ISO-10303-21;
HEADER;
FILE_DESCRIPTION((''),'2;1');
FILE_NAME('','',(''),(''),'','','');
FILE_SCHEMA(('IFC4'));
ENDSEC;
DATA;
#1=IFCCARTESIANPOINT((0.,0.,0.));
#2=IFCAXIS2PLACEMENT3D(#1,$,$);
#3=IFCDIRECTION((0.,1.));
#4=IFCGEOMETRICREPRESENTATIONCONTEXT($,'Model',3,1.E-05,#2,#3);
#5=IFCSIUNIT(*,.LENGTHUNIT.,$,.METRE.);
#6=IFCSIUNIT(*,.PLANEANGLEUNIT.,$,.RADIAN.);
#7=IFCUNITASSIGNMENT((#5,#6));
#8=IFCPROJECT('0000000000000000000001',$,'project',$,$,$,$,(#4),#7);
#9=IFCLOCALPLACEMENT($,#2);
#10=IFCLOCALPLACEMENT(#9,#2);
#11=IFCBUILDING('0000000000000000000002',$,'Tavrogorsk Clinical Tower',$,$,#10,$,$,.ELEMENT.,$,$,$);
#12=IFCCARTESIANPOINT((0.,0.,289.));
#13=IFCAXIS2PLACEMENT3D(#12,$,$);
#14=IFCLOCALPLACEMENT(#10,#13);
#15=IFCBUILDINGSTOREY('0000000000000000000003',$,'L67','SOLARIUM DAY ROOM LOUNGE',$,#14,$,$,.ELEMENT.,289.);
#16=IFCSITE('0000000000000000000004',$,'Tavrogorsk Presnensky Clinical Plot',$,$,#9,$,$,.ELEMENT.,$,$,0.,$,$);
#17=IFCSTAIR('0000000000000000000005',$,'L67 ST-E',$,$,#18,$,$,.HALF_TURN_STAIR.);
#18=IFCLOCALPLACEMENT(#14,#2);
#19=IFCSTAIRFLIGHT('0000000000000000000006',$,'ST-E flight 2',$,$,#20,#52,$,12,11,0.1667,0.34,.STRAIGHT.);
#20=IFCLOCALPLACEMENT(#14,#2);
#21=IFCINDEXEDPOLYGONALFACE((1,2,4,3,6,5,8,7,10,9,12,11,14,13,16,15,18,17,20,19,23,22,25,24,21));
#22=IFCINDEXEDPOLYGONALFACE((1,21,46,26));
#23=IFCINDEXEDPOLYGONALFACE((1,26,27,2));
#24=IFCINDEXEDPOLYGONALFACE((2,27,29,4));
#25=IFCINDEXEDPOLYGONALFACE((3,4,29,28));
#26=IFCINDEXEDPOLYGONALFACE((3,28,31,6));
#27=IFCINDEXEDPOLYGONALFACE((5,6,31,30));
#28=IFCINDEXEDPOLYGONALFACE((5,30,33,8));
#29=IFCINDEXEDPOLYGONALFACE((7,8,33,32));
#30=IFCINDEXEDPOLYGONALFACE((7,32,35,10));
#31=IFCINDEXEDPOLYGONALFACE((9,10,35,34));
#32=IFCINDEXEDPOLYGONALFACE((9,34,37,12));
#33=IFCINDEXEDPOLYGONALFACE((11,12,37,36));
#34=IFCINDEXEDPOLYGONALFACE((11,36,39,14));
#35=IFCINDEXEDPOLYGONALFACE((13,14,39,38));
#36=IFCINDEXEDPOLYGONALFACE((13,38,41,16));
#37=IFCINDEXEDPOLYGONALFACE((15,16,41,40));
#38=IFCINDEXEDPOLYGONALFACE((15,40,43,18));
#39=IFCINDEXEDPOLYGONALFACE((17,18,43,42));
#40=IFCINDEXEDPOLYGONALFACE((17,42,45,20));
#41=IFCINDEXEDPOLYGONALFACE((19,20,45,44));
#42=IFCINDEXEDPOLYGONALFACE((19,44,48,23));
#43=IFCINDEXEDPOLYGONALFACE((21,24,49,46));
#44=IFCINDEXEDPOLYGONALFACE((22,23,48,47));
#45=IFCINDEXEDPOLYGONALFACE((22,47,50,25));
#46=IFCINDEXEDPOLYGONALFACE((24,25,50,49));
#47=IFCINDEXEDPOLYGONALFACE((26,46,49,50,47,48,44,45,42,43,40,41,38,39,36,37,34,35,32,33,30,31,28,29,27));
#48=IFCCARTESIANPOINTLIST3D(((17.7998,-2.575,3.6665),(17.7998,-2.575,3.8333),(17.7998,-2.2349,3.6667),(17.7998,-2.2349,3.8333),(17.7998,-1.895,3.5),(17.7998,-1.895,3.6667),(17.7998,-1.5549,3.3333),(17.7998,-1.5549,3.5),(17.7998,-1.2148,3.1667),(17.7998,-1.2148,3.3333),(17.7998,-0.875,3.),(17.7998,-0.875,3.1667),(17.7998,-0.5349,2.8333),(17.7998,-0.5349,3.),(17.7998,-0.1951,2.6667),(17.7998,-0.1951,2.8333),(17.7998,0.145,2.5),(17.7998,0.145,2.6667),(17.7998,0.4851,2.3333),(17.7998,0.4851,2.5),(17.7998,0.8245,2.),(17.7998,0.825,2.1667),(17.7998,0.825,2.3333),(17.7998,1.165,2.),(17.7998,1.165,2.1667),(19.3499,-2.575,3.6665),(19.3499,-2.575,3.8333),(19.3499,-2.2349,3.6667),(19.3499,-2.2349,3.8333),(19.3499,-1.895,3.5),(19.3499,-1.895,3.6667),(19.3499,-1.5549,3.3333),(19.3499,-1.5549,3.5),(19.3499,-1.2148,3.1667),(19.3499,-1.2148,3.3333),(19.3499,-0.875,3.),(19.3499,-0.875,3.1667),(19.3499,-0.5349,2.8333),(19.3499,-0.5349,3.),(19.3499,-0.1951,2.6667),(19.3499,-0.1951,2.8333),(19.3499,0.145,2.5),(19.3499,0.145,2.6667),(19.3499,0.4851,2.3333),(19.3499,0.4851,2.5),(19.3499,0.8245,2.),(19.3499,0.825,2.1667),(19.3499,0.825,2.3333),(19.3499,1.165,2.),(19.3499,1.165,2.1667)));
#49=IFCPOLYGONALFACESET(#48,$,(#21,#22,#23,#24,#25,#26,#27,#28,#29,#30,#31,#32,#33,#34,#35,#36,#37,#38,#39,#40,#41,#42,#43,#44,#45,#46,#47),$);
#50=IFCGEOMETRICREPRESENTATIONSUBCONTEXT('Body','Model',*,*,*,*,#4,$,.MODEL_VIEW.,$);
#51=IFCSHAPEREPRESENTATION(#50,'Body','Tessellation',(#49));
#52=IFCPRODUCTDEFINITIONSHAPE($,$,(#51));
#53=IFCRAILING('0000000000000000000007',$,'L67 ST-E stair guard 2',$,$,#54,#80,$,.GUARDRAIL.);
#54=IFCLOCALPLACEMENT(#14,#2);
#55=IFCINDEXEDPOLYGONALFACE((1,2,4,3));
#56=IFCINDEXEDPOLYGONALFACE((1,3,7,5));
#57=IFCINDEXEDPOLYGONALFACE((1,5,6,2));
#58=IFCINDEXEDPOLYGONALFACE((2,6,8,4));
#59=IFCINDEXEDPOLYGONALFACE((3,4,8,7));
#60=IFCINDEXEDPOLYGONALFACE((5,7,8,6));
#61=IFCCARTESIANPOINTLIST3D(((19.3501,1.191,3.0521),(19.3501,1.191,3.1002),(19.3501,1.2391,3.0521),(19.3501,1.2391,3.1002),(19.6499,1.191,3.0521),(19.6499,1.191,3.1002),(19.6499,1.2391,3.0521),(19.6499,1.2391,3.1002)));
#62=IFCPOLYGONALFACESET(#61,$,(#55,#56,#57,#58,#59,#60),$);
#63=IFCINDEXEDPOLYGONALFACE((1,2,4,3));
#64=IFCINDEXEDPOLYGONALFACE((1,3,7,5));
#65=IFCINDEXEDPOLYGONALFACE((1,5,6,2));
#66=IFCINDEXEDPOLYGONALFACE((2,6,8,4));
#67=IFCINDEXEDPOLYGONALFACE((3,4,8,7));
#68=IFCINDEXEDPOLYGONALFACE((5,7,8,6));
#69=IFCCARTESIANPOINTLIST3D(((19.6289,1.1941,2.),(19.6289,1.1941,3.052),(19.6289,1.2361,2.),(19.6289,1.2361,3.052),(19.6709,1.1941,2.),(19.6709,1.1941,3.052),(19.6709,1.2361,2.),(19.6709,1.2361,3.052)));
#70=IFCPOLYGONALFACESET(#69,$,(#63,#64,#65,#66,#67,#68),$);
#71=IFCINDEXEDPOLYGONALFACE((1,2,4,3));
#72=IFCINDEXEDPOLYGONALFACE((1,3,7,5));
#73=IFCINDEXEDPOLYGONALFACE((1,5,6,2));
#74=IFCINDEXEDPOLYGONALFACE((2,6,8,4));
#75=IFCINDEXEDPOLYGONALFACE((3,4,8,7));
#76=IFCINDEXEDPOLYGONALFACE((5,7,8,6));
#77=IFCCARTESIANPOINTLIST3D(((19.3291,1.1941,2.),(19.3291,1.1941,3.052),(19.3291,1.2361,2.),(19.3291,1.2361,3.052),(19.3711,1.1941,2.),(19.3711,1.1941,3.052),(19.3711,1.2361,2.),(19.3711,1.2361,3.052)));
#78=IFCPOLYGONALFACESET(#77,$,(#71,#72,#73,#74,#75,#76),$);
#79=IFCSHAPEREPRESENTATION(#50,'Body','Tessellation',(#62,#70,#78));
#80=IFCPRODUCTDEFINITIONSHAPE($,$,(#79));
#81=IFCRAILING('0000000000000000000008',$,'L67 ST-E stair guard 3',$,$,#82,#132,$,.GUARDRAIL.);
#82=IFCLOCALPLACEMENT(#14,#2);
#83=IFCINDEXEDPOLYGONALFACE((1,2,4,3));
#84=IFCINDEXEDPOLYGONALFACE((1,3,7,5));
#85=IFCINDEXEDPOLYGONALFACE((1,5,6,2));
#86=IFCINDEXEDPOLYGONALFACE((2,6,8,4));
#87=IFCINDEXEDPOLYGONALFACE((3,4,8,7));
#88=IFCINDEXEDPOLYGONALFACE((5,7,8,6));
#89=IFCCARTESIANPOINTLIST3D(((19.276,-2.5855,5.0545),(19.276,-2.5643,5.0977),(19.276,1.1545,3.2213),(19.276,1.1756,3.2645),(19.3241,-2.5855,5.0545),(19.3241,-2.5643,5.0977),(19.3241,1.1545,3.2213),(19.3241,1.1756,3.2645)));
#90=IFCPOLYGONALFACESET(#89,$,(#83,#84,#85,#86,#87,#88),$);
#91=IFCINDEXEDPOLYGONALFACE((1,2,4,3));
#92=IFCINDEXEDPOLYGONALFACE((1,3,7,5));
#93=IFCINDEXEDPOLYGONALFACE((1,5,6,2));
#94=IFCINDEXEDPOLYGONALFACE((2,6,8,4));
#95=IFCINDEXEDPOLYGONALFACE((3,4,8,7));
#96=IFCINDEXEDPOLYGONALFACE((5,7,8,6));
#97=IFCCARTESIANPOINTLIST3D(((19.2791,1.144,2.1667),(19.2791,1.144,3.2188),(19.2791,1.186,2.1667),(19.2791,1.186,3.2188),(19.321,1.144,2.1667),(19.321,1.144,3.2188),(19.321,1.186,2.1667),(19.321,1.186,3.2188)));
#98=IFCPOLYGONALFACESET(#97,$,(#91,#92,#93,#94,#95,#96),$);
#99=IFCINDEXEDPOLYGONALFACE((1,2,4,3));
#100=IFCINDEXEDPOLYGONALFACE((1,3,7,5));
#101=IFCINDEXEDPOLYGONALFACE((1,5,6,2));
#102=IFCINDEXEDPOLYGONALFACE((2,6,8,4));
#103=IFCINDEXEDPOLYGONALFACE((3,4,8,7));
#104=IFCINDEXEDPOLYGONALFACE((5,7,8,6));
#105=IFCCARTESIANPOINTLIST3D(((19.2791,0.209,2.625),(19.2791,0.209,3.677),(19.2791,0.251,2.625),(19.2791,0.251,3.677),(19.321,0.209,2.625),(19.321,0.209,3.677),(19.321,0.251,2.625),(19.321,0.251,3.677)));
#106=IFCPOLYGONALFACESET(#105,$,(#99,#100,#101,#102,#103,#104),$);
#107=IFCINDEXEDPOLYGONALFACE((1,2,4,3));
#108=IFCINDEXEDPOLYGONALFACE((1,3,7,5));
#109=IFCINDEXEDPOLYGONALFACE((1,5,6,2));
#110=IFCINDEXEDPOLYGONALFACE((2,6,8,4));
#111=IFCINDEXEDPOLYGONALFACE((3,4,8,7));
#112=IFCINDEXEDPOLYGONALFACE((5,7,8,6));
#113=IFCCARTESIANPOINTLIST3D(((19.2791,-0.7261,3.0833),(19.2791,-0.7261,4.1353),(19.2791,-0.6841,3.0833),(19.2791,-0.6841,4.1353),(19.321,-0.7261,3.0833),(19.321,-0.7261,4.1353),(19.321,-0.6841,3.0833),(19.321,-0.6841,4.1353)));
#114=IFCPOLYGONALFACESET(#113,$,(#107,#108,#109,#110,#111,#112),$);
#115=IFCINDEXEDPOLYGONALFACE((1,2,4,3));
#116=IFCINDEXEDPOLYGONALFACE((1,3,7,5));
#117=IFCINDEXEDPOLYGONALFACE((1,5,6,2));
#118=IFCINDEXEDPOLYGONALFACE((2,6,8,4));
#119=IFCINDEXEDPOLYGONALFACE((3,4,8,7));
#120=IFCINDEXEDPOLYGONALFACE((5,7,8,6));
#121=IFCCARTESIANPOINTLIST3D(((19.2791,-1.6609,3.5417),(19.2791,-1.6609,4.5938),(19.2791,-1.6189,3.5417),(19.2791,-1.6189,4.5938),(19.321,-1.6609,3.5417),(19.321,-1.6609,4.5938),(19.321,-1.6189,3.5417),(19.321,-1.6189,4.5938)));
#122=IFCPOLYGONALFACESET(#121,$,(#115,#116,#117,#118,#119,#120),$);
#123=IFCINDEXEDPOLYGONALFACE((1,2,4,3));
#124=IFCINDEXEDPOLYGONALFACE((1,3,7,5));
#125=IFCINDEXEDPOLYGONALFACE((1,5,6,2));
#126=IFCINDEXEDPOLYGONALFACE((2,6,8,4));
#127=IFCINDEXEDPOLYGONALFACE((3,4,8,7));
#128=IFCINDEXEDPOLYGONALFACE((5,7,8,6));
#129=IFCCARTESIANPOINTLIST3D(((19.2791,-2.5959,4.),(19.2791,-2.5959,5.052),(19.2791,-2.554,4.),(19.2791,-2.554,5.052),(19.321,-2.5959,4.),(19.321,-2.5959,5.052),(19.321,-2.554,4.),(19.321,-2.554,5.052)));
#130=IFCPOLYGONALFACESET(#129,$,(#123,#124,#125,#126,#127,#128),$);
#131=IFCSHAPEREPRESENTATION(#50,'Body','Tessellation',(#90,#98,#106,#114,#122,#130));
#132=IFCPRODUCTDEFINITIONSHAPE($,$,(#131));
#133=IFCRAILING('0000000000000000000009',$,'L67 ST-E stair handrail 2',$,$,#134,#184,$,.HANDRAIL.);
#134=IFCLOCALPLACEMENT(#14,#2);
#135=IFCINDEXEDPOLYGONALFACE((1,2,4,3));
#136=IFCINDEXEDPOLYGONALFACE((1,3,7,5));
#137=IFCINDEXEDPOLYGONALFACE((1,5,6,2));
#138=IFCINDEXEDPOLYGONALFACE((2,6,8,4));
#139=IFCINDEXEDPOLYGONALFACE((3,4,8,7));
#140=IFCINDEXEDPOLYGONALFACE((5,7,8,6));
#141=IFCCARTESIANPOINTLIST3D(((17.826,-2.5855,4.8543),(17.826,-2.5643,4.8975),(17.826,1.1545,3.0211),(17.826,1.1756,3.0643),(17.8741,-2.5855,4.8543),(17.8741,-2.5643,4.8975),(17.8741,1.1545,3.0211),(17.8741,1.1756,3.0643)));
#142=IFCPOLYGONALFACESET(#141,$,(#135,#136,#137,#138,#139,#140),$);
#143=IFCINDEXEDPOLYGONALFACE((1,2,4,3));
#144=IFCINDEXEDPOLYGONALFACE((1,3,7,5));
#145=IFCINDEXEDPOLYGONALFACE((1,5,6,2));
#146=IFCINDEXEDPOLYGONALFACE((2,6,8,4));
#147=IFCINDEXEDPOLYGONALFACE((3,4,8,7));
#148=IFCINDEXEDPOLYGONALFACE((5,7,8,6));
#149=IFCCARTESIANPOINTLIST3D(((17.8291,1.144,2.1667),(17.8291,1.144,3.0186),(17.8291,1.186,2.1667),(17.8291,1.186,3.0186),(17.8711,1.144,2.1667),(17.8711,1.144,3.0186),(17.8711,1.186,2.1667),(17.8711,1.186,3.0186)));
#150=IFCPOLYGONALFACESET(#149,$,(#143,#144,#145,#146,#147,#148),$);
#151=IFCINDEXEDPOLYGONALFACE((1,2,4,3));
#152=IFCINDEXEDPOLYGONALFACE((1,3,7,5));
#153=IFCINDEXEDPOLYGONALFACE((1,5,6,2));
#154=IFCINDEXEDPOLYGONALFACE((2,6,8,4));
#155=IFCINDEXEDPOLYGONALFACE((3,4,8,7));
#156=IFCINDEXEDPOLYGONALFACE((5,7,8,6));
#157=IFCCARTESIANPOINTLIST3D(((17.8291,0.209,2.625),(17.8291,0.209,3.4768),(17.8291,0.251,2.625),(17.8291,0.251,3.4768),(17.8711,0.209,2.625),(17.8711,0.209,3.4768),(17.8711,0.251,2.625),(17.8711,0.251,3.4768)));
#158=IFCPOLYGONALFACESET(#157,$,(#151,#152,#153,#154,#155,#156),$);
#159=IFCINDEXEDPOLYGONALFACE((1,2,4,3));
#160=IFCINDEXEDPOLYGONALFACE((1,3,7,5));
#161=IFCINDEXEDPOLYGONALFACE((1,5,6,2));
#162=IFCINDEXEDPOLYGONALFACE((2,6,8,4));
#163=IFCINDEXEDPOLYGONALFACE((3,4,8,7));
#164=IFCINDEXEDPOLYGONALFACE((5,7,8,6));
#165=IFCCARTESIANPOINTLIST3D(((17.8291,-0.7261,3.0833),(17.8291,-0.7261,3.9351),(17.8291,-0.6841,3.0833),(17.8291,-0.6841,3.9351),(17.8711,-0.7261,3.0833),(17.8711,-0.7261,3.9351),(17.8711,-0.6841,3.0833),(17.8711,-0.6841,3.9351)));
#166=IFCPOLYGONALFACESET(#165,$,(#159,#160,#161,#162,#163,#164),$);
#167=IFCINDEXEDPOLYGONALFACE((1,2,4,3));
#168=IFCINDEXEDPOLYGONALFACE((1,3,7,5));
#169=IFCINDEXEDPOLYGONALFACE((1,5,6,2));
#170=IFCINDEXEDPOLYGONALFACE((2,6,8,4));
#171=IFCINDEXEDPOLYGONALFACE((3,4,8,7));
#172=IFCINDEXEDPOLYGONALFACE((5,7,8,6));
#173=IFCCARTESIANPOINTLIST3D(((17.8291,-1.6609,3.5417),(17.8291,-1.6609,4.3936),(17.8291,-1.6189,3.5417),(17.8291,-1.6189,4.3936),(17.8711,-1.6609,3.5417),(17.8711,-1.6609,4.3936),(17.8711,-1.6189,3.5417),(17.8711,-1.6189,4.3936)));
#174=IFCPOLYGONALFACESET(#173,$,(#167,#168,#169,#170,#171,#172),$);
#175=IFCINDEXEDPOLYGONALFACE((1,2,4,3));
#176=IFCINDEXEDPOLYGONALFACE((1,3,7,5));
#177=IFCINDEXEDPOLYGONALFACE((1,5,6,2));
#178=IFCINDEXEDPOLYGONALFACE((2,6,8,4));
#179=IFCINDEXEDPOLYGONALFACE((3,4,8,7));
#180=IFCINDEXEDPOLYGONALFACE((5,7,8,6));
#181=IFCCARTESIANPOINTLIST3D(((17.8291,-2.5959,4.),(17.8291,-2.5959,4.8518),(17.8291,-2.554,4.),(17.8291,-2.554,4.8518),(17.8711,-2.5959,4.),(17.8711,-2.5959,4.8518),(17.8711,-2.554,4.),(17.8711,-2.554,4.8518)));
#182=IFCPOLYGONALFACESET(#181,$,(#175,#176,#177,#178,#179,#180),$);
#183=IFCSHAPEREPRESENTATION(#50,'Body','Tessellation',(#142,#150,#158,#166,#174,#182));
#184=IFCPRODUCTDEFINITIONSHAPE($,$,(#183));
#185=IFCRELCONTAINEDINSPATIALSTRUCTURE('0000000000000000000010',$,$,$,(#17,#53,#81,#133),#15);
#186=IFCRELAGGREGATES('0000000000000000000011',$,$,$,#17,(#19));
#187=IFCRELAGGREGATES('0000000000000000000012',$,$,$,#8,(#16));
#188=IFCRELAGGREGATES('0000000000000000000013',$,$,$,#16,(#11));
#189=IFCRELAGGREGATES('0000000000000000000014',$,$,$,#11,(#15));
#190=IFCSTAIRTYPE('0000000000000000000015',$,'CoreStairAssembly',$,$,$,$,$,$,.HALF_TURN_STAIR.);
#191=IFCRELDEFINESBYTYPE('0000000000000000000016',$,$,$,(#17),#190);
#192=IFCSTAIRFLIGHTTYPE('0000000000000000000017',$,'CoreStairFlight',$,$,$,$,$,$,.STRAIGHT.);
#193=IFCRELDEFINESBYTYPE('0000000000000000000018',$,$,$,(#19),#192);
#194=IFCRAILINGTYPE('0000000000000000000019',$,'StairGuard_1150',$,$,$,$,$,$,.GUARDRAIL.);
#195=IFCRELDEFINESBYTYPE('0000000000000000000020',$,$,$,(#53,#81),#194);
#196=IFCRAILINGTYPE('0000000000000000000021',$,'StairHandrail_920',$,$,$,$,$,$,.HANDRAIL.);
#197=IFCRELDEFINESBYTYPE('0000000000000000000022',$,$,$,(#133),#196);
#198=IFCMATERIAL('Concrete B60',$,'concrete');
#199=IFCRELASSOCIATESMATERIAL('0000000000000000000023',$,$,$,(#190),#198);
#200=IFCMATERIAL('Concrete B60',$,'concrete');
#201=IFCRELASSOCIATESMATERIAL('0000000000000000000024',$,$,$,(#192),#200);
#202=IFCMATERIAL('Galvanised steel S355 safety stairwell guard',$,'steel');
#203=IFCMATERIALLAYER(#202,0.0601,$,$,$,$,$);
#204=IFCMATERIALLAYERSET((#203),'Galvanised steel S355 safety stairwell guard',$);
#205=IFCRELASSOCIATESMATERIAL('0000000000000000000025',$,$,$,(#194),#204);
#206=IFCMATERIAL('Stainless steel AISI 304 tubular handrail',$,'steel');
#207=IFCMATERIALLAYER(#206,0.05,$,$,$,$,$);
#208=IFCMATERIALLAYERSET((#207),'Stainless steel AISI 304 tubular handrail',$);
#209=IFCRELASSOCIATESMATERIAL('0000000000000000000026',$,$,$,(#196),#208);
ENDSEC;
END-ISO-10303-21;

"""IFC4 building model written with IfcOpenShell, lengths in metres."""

from ifc_helpers import new_model, si_unit, direction, frame, origin, origin_2d, place, context, subcontext, project, spatial, polyline, rectangle, outline, extrude, material, layer, layer_set, type_object, element, aggregate, save


model = new_model("IFC4")

# Units and contexts
model_context = context("Model", 3, precision=1e-05, world=origin(), true_north=direction((0.0, 1.0)))
body_context = subcontext(model_context, "Body", "Model", "MODEL_VIEW")
ifc_project = project(units=[si_unit("LENGTHUNIT", "METRE"), si_unit("PLANEANGLEUNIT", "RADIAN")], contexts=[model_context])

# Site, building, storey
site_placement = place(None, origin())
site = spatial("IfcSite", under=ifc_project, at=site_placement, Name="Tavrogorsk Presnensky Clinical Plot", CompositionType="ELEMENT", RefElevation=0.0)
building_placement = place(site_placement, origin())
building = spatial("IfcBuilding", under=site, at=building_placement, Name="Tavrogorsk Clinical Tower", CompositionType="ELEMENT")
storey_placement = place(building_placement, frame((0.0, 0.0, 289.0)))
storey = spatial("IfcBuildingStorey", under=building, at=storey_placement, Name="L67", Description="SOLARIUM DAY ROOM LOUNGE", CompositionType="ELEMENT", Elevation=289.0)

# Stair, stair flight
ifc_material_1 = material(Name="Concrete B60", Category="concrete")
stair_type = type_object("IfcStairType", Name="CoreStairAssembly", PredefinedType="HALF_TURN_STAIR", material=ifc_material_1)
stair_placement = place(storey_placement, origin())
stair = element("IfcStair", 1, at=stair_placement, inside=storey, type_object=stair_type, Name="L67 ST-E", PredefinedType="HALF_TURN_STAIR")
ifc_material_2 = material(Name="Concrete B60", Category="concrete")
stair_flight_type = type_object("IfcStairFlightType", Name="CoreStairFlight", PredefinedType="STRAIGHT", material=ifc_material_2)
stair_flight_placement = place(storey_placement, frame((18.575, 1.165, 2.0), z_axis=(0.0, 0.0, 1.0), x_axis=(0.0, -1.0, 0.0)))
stair_flight = element("IfcStairFlight", 2, at=stair_flight_placement, type_object=stair_flight_type, Name="ST-E flight 2", NumberOfRisers=12, NumberOfTreads=11, PredefinedType="STRAIGHT", RiserHeight=0.1667, TreadLength=0.34, context=body_context, shape_type="SweptSolid", body=[
    extrude(outline(polyline([(0.0, 0.0), (0.0, 0.1667), (0.3401, 0.1667), (0.3401, 0.3333), (0.6799, 0.3333), (0.6799, 0.5), (1.02, 0.5), (1.02, 0.6667), (1.3601, 0.6667), (1.3601, 0.8333), (1.7, 0.8333), (1.7, 1.0), (2.04, 1.0), (2.04, 1.1667), (2.3799, 1.1667), (2.3799, 1.3333), (2.72, 1.3333), (2.72, 1.5), (3.0601, 1.5), (3.0601, 1.6667), (3.3999, 1.6667), (3.3999, 1.8333), (3.74, 1.8333), (3.74, 2.0), (3.74, 1.6665), (0.3406, 0.0), (0.0, 0.0)])), frame((0.0, 0.7749, 0.0), z_axis=(0.0, -1.0, 0.0), x_axis=(1.0, 0.0, 0.0)), (0.0, 0.0, 1.0), 1.55),
])
aggregate(stair, [stair_flight])

# Railings
ifc_material_3 = material(Name="Galvanised steel S355 safety stairwell guard", Category="steel")
ifc_layer_1 = layer(ifc_material_3, 0.0601)
ifc_layer_set_1 = layer_set([ifc_layer_1], Name="Galvanised steel S355 safety stairwell guard")
railing_type_1 = type_object("IfcRailingType", Name="StairGuard_1150", PredefinedType="GUARDRAIL", material=ifc_layer_set_1)
railing_1_placement = place(storey_placement, frame((19.6499, 1.2151, 2.0)))
element("IfcRailing", 3, at=railing_1_placement, inside=storey, type_object=railing_type_1, Name="L67 ST-E stair guard 2", PredefinedType="GUARDRAIL", context=body_context, shape_type="SweptSolid", body=[
    extrude(rectangle(XDim=0.0481, YDim=0.0481, at=origin_2d()), frame((0.0, 0.0, 1.0762), z_axis=(-1.0, 0.0, 0.0), x_axis=(0.0, -1.0, 0.0)), (0.0, 0.0, 1.0), 0.2998),
    extrude(rectangle(XDim=0.042, YDim=0.042, at=origin_2d()), origin(), (0.0, 0.0, 1.0), 1.052),
    extrude(rectangle(XDim=0.042, YDim=0.042, at=origin_2d()), frame((-0.2998, 0.0, 0.0)), (0.0, 0.0, 1.0), 1.052),
])
railing_2_placement = place(storey_placement, frame((19.3, 1.165, 2.1667)))
element("IfcRailing", 4, at=railing_2_placement, inside=storey, type_object=railing_type_1, Name="L67 ST-E stair guard 3", PredefinedType="GUARDRAIL", context=body_context, shape_type="SweptSolid", body=[
    extrude(rectangle(XDim=0.0481, YDim=0.0481, at=origin_2d()), frame((0.0, 0.0, 1.0762), z_axis=(0.0, -0.897928, 0.440142), x_axis=(1.0, 0.0, 0.0)), (0.0, 0.0, 1.0), 4.165),
    extrude(rectangle(XDim=0.042, YDim=0.042, at=origin_2d()), origin(), (0.0, 0.0, 1.0), 1.052),
    extrude(rectangle(XDim=0.042, YDim=0.042, at=origin_2d()), frame((0.0, -0.9351, 0.4583)), (0.0, 0.0, 1.0), 1.052),
    extrude(rectangle(XDim=0.042, YDim=0.042, at=origin_2d()), frame((0.0, -1.8701, 0.9165)), (0.0, 0.0, 1.0), 1.052),
    extrude(rectangle(XDim=0.042, YDim=0.042, at=origin_2d()), frame((0.0, -2.8049, 1.375)), (0.0, 0.0, 1.0), 1.052),
    extrude(rectangle(XDim=0.042, YDim=0.042, at=origin_2d()), frame((0.0, -3.74, 1.8333)), (0.0, 0.0, 1.0), 1.052),
])
ifc_material_4 = material(Name="Stainless steel AISI 304 tubular handrail", Category="steel")
ifc_layer_2 = layer(ifc_material_4, 0.05)
ifc_layer_set_2 = layer_set([ifc_layer_2], Name="Stainless steel AISI 304 tubular handrail")
railing_type_2 = type_object("IfcRailingType", Name="StairHandrail_920", PredefinedType="HANDRAIL", material=ifc_layer_set_2)
railing_3_placement = place(storey_placement, frame((17.8501, 1.165, 2.1667)))
element("IfcRailing", 5, at=railing_3_placement, inside=storey, type_object=railing_type_2, Name="L67 ST-E stair handrail 2", PredefinedType="HANDRAIL", context=body_context, shape_type="SweptSolid", body=[
    extrude(rectangle(XDim=0.0481, YDim=0.0481, at=origin_2d()), frame((0.0, 0.0, 0.876), z_axis=(0.0, -0.897928, 0.440142), x_axis=(1.0, 0.0, 0.0)), (0.0, 0.0, 1.0), 4.165),
    extrude(rectangle(XDim=0.042, YDim=0.042, at=origin_2d()), origin(), (0.0, 0.0, 1.0), 0.8518),
    extrude(rectangle(XDim=0.042, YDim=0.042, at=origin_2d()), frame((0.0, -0.9351, 0.4583)), (0.0, 0.0, 1.0), 0.8518),
    extrude(rectangle(XDim=0.042, YDim=0.042, at=origin_2d()), frame((0.0, -1.8701, 0.9165)), (0.0, 0.0, 1.0), 0.8518),
    extrude(rectangle(XDim=0.042, YDim=0.042, at=origin_2d()), frame((0.0, -2.8049, 1.375)), (0.0, 0.0, 1.0), 0.8518),
    extrude(rectangle(XDim=0.042, YDim=0.042, at=origin_2d()), frame((0.0, -3.74, 1.8333)), (0.0, 0.0, 1.0), 0.8518),
])

save(model, "model.ifc")
